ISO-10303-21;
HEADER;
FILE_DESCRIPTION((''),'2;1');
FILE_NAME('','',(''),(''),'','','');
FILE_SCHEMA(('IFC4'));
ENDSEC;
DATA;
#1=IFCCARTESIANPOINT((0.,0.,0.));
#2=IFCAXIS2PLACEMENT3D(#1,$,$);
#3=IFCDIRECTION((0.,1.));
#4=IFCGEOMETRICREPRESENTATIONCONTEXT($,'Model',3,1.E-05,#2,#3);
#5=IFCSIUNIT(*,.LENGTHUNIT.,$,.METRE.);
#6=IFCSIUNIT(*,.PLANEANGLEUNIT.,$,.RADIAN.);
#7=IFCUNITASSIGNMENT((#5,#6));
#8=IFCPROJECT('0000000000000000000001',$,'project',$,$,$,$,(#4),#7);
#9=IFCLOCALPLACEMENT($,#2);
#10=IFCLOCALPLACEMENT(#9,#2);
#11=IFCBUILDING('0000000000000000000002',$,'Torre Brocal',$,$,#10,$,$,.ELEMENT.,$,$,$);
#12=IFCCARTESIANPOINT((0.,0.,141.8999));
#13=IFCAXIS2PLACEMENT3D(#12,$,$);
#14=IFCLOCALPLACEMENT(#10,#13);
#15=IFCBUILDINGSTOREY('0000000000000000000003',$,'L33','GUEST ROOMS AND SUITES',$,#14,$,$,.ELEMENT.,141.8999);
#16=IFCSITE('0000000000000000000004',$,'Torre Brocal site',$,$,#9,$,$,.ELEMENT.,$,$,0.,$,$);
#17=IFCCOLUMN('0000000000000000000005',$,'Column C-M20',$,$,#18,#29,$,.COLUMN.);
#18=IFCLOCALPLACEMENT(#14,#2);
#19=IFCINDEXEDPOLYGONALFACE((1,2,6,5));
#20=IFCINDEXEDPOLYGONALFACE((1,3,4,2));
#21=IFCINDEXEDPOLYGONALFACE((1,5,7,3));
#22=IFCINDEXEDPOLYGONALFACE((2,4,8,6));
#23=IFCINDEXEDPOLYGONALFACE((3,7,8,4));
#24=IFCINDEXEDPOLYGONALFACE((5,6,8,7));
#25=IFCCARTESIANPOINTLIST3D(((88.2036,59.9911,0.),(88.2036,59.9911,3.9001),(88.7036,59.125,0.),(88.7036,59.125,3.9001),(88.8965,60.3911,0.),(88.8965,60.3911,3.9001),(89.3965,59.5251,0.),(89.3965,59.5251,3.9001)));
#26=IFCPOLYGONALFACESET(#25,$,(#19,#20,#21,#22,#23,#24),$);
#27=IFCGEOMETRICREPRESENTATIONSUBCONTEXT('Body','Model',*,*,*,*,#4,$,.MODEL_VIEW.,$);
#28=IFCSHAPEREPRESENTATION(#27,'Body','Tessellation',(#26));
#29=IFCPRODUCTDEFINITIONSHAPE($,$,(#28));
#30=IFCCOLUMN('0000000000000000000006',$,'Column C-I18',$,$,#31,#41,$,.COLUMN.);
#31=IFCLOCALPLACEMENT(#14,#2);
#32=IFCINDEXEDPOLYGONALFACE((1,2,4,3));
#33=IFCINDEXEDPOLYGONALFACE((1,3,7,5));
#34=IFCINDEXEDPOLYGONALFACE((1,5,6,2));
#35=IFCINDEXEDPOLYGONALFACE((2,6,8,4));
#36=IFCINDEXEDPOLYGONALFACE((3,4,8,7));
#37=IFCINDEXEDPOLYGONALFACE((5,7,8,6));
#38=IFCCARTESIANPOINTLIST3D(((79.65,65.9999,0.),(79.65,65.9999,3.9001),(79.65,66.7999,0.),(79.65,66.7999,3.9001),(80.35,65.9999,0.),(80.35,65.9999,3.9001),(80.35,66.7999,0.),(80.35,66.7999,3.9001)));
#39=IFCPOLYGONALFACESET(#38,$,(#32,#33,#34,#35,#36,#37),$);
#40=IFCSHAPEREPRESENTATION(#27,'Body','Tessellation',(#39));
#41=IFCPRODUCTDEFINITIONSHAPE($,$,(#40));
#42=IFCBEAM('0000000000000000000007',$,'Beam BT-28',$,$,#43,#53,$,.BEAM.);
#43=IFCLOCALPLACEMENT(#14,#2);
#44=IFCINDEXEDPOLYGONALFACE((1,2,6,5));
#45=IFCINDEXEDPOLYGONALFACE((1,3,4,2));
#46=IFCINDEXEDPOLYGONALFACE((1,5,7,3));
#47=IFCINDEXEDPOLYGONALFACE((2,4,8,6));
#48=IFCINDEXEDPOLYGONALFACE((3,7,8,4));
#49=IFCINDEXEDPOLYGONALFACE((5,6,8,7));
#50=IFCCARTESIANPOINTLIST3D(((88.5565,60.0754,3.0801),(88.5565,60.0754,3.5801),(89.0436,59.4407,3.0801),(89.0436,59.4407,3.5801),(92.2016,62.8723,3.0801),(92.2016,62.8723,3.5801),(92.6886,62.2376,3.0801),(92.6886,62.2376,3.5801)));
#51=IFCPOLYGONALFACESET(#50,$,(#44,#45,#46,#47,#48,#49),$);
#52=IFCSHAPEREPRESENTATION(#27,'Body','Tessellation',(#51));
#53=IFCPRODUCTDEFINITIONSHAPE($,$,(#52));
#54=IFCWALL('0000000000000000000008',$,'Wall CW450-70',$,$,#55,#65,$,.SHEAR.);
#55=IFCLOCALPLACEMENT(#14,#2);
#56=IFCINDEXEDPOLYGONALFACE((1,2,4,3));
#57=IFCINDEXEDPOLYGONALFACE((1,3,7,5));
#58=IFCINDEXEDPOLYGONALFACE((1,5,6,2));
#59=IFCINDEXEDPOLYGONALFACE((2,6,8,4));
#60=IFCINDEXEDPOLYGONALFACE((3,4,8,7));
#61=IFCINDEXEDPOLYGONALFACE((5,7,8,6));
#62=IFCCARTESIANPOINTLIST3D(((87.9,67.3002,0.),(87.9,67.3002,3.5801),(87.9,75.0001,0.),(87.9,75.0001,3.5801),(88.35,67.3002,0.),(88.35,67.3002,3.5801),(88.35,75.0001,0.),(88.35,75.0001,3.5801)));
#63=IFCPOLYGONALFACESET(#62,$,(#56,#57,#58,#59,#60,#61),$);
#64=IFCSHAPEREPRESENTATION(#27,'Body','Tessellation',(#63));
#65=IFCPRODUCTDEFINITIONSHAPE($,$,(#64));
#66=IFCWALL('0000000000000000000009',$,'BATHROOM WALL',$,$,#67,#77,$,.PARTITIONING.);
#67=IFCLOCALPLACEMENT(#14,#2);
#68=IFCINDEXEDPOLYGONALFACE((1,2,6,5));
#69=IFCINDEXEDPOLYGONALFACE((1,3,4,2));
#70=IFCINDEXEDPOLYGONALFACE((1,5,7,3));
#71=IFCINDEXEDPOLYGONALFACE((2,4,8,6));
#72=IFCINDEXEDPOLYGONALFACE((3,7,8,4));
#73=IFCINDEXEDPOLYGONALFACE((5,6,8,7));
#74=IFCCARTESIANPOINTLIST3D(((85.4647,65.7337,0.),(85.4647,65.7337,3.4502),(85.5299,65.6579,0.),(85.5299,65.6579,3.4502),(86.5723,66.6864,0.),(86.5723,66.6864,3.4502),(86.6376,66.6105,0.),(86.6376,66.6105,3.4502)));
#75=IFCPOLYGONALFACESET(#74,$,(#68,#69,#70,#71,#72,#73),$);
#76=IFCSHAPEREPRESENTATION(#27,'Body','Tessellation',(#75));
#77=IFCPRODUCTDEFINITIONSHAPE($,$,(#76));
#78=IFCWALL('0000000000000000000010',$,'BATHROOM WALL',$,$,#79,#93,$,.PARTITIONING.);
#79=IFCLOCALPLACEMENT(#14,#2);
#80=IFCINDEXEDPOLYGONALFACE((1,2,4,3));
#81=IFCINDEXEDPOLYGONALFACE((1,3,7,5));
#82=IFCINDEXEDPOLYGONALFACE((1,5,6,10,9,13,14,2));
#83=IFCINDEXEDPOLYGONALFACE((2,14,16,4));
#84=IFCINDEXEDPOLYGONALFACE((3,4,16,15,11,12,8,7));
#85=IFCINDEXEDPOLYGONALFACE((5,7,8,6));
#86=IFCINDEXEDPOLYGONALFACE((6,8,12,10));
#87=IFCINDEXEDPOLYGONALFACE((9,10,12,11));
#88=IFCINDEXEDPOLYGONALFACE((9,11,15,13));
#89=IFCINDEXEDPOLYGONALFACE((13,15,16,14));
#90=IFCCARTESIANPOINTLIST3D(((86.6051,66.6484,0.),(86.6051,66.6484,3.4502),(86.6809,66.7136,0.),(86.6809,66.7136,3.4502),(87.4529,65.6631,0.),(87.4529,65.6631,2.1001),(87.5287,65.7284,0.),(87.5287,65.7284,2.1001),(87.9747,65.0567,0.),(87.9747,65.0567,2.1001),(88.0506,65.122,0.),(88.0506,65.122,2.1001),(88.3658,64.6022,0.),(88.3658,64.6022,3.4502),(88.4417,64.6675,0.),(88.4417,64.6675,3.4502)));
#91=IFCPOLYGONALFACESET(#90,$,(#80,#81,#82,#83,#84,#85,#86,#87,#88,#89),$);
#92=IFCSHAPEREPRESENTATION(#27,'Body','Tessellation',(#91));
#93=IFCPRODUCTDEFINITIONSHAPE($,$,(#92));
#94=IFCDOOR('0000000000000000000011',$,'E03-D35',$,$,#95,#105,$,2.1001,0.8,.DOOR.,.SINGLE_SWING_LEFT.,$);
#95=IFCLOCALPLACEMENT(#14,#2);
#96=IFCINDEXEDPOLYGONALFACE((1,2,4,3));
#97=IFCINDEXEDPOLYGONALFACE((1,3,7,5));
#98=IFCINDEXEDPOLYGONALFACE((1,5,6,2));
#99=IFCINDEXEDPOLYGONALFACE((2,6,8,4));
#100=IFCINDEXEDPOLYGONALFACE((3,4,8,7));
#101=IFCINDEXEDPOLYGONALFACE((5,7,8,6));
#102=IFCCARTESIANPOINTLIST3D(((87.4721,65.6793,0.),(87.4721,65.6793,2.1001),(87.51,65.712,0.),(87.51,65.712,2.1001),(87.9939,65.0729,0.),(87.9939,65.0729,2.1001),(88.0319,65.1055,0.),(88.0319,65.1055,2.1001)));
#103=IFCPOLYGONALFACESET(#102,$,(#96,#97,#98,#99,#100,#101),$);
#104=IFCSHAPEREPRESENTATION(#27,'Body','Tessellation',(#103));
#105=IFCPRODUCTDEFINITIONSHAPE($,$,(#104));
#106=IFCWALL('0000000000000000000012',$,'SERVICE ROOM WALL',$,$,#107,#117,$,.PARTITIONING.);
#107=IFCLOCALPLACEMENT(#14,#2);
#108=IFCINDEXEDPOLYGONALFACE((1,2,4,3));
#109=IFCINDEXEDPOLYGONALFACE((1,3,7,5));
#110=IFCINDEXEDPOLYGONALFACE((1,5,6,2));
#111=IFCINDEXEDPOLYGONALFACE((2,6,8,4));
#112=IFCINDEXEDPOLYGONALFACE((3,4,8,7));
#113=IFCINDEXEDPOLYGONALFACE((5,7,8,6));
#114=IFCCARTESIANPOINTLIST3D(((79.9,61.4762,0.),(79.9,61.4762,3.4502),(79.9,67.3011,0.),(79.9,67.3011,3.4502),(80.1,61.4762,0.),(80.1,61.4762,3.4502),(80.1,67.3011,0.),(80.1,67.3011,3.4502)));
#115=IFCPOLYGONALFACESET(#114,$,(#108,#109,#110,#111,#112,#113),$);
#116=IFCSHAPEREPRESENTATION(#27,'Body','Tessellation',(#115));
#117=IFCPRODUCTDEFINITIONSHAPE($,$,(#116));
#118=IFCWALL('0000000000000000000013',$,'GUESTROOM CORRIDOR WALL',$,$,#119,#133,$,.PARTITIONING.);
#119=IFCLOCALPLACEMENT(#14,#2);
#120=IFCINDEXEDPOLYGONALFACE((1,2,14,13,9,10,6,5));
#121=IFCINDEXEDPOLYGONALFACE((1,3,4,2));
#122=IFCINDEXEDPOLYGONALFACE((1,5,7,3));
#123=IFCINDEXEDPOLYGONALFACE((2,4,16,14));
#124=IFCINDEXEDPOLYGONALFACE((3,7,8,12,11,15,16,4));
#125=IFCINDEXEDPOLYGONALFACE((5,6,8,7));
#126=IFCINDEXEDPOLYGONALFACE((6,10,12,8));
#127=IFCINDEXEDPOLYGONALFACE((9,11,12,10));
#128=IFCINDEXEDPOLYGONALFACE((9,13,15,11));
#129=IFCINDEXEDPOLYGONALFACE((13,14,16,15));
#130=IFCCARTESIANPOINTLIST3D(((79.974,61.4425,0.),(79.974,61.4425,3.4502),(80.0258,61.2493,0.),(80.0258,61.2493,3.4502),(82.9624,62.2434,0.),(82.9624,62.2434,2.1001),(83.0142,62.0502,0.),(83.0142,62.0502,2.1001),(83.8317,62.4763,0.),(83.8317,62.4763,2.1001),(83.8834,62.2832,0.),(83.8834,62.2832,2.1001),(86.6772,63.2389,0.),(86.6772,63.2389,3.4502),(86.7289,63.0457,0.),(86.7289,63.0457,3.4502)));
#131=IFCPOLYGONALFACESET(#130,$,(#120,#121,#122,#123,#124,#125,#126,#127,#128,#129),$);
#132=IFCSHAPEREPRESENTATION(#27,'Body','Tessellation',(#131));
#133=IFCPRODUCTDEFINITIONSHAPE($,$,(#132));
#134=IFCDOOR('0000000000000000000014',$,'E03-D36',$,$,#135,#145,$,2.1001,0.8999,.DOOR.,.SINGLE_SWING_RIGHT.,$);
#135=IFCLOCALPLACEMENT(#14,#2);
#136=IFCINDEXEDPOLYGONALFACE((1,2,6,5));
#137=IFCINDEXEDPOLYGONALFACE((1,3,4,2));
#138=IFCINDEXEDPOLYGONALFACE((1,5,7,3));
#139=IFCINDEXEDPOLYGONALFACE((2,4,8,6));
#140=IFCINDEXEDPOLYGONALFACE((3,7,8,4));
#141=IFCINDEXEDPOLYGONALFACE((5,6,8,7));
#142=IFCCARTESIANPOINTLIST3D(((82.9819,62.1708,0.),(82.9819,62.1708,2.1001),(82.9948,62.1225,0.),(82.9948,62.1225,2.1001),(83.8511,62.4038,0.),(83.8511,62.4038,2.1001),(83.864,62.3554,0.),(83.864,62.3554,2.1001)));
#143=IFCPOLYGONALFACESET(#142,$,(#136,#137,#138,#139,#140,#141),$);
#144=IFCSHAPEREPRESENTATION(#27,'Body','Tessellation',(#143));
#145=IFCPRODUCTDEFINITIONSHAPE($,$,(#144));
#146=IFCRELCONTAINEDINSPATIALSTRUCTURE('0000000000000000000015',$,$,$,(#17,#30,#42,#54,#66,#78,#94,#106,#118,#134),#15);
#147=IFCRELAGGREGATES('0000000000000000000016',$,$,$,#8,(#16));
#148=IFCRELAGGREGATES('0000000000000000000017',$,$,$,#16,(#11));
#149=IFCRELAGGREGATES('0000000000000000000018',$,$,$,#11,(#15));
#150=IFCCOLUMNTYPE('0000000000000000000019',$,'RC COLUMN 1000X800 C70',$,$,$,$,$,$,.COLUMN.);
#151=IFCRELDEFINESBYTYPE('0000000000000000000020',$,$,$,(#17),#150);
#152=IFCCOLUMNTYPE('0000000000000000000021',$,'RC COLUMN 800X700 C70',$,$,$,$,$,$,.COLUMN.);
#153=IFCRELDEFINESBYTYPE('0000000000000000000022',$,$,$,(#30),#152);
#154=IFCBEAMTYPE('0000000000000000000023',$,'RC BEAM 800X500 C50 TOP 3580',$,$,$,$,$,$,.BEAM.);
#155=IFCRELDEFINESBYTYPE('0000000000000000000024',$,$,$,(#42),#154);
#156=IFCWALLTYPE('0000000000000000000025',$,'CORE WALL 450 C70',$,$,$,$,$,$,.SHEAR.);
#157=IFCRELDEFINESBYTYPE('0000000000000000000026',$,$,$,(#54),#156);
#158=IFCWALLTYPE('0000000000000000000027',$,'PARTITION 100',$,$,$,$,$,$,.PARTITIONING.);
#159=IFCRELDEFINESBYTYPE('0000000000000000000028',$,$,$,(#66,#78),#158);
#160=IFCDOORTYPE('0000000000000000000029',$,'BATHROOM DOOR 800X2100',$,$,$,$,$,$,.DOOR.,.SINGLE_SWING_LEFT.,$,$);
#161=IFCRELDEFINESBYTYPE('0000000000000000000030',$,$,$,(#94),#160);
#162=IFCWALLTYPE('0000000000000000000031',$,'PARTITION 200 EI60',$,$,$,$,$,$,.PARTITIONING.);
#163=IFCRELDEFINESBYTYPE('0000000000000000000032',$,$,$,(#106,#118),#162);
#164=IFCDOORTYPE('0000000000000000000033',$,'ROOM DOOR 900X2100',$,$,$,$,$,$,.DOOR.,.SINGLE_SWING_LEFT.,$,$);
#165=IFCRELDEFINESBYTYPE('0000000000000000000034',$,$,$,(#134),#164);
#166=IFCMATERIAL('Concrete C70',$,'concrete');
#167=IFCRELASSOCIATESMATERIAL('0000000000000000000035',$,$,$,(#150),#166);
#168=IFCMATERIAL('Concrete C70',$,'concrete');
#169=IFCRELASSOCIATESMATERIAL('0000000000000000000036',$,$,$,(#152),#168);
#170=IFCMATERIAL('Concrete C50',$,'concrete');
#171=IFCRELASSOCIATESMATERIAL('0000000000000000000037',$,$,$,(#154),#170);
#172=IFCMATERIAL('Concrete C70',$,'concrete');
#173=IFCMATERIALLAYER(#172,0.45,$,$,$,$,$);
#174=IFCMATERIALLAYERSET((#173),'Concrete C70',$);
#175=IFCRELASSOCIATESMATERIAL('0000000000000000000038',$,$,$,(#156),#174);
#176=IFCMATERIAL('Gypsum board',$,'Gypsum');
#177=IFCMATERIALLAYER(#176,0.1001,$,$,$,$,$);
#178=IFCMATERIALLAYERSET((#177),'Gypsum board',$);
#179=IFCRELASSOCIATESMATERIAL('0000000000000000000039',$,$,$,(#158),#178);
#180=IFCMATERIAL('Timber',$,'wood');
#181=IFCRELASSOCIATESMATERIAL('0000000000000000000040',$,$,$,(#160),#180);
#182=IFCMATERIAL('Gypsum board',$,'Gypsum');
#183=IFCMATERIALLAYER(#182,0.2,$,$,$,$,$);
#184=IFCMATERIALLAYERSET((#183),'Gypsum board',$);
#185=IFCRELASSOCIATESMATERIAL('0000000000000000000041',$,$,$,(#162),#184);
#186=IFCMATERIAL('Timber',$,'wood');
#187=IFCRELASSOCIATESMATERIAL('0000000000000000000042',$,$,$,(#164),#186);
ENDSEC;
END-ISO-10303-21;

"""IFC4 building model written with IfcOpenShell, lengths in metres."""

from ifc_helpers import new_model, si_unit, direction, frame, frame_2d, origin, origin_2d, place, context, subcontext, project, spatial, rectangle, extrude, material, layer, layer_set, material_profile, profile_set, type_object, element, fill, save


model = new_model("IFC4")

# Units and contexts
model_context = context("Model", 3, precision=1e-05, world=origin(), true_north=direction((0.0, 1.0)))
body_context = subcontext(model_context, "Body", "Model", "MODEL_VIEW")
ifc_project = project(units=[si_unit("LENGTHUNIT", "METRE"), si_unit("PLANEANGLEUNIT", "RADIAN")], contexts=[model_context])

# Site, building, storey
site_placement = place(None, origin())
site = spatial("IfcSite", under=ifc_project, at=site_placement, Name="Torre Brocal site", CompositionType="ELEMENT", RefElevation=0.0)
building_placement = place(site_placement, origin())
building = spatial("IfcBuilding", under=site, at=building_placement, Name="Torre Brocal", CompositionType="ELEMENT")
storey_placement = place(building_placement, frame((0.0, 0.0, 141.8999)))
storey = spatial("IfcBuildingStorey", under=building, at=storey_placement, Name="L33", Description="GUEST ROOMS AND SUITES", CompositionType="ELEMENT", Elevation=141.8999)

# Columns
ifc_material_1 = material(Name="Concrete C70", Category="concrete")
ifc_material_profile_1 = material_profile(ifc_material_1, rectangle(XDim=1.0, YDim=0.8, at=origin_2d()), Name="RC 1000X800")
ifc_profile_set_1 = profile_set([ifc_material_profile_1], Name="Concrete C70")
column_type_1 = type_object("IfcColumnType", Name="RC COLUMN 1000X800 C70", PredefinedType="COLUMN", material=ifc_profile_set_1)
column_1_placement = place(storey_placement, frame((88.8, 59.7581, 0.0), z_axis=(0.0, 0.0, 1.0), x_axis=(0.5, -0.866025, 0.0)))
element("IfcColumn", 1, at=column_1_placement, inside=storey, type_object=column_type_1, Name="Column C-M20", PredefinedType="COLUMN", context=body_context, shape_type="SweptSolid", body=[
    extrude(rectangle(XDim=1.0, YDim=0.8, at=origin_2d()), origin(), (0.0, 0.0, 1.0), 3.9001),
])
ifc_material_2 = material(Name="Concrete C70", Category="concrete")
ifc_material_profile_2 = material_profile(ifc_material_2, rectangle(XDim=0.8, YDim=0.7, at=origin_2d()), Name="RC 800X700")
ifc_profile_set_2 = profile_set([ifc_material_profile_2], Name="Concrete C70")
column_type_2 = type_object("IfcColumnType", Name="RC COLUMN 800X700 C70", PredefinedType="COLUMN", material=ifc_profile_set_2)
column_2_placement = place(storey_placement, frame((80.0, 66.3999, 0.0), z_axis=(0.0, 0.0, 1.0), x_axis=(0.0, -1.0, 0.0)))
element("IfcColumn", 2, at=column_2_placement, inside=storey, type_object=column_type_2, Name="Column C-I18", PredefinedType="COLUMN", context=body_context, shape_type="SweptSolid", body=[
    extrude(rectangle(XDim=0.8, YDim=0.7, at=origin_2d()), origin(), (0.0, 0.0, 1.0), 3.9001),
])

# Beam
ifc_material_3 = material(Name="Concrete C50", Category="concrete")
ifc_material_profile_3 = material_profile(ifc_material_3, rectangle(XDim=0.8, YDim=0.5, at=origin_2d()), Name="RC 800X500")
ifc_profile_set_3 = profile_set([ifc_material_profile_3], Name="Concrete C50")
beam_type = type_object("IfcBeamType", Name="RC BEAM 800X500 C50 TOP 3580", PredefinedType="BEAM", material=ifc_profile_set_3)
beam_placement = place(storey_placement, frame((88.8, 59.7581, 3.3301), z_axis=(0.793358, 0.608755, 0.0), x_axis=(-0.608755, 0.793358, 0.0)))
element("IfcBeam", 3, at=beam_placement, inside=storey, type_object=beam_type, Name="Beam BT-28", PredefinedType="BEAM", context=body_context, shape_type="SweptSolid", body=[
    extrude(rectangle(XDim=0.8, YDim=0.5, at=origin_2d()), origin(), (0.0, 0.0, 1.0), 4.5945),
])

# Wall
ifc_material_4 = material(Name="Concrete C70", Category="concrete")
ifc_layer_1 = layer(ifc_material_4, 0.45)
ifc_layer_set_1 = layer_set([ifc_layer_1], Name="Concrete C70")
wall_type_1 = type_object("IfcWallType", Name="CORE WALL 450 C70", PredefinedType="SHEAR", material=ifc_layer_set_1)
wall_1_placement = place(storey_placement, frame((88.125, 67.3, 0.0), z_axis=(0.0, 0.0, 1.0), x_axis=(0.0, 1.0, 0.0)))
element("IfcWall", 4, at=wall_1_placement, inside=storey, type_object=wall_type_1, Name="Wall CW450-70", PredefinedType="SHEAR", context=body_context, shape_type="SweptSolid", body=[
    extrude(rectangle(XDim=7.7, YDim=0.45, at=frame_2d((3.8501, 0.0))), origin(), (0.0, 0.0, 1.0), 3.5801),
])

# Wall
ifc_material_5 = material(Name="Gypsum board", Category="Gypsum")
ifc_layer_2 = layer(ifc_material_5, 0.1001)
ifc_layer_set_2 = layer_set([ifc_layer_2], Name="Gypsum board")
wall_type_2 = type_object("IfcWallType", Name="PARTITION 100", PredefinedType="PARTITIONING", material=ifc_layer_set_2)
wall_2_placement = place(storey_placement, frame((85.4973, 65.6958, 0.0), z_axis=(0.0, 0.0, 1.0), x_axis=(0.75817, 0.652057, 0.0)))
element("IfcWall", 5, at=wall_2_placement, inside=storey, type_object=wall_type_2, Name="BATHROOM WALL", PredefinedType="PARTITIONING", context=body_context, shape_type="SweptSolid", body=[
    extrude(rectangle(XDim=1.4609, YDim=0.1001, at=frame_2d((0.7305, 0.0))), origin(), (0.0, 0.0, 1.0), 3.4502),
])

# Wall, opening, door
wall_3_placement = place(storey_placement, frame((86.6431, 66.6809, 0.0), z_axis=(0.0, 0.0, 1.0), x_axis=(0.652265, -0.757991, 0.0)))
wall_3 = element("IfcWall", 6, at=wall_3_placement, inside=storey, type_object=wall_type_2, Name="BATHROOM WALL", PredefinedType="PARTITIONING", context=body_context, shape_type="SweptSolid", body=[
    extrude(rectangle(XDim=2.6995, YDim=0.1001, at=frame_2d((1.3496, 0.0))), origin(), (0.0, 0.0, 1.0), 3.4502),
])
opening_1_placement = place(wall_3_placement, frame((1.2998, 0.0, 0.0)))
opening_1 = element("IfcOpeningElement", 7, at=opening_1_placement, cuts=wall_3, PredefinedType="OPENING", context=body_context, shape_type="SweptSolid", body=[
    extrude(rectangle(XDim=0.8, YDim=2.1001, at=frame_2d((0.3999, 1.05))), frame((0.0, 0.0601, 0.0), z_axis=(0.0, -1.0, 0.0), x_axis=(1.0, 0.0, 0.0)), (0.0, 0.0, 1.0), 0.1201),
])
ifc_material_6 = material(Name="Timber", Category="wood")
door_type_1 = type_object("IfcDoorType", Name="BATHROOM DOOR 800X2100", OperationType="SINGLE_SWING_LEFT", PredefinedType="DOOR", material=ifc_material_6)
door_1_placement = place(opening_1_placement, frame((0.8, 0.0, 0.0), z_axis=(0.0, 0.0, 1.0), x_axis=(-1.0, 0.0, 0.0)))
door_1 = element("IfcDoor", 8, at=door_1_placement, inside=storey, type_object=door_type_1, Name="E03-D35", OperationType="SINGLE_SWING_LEFT", OverallHeight=2.1001, OverallWidth=0.8, PredefinedType="DOOR", context=body_context, shape_type="SweptSolid", body=[
    extrude(rectangle(XDim=0.8, YDim=2.1001, at=frame_2d((0.3999, 1.05))), frame((0.0, 0.0249, 0.0), z_axis=(0.0, -1.0, 0.0), x_axis=(1.0, 0.0, 0.0)), (0.0, 0.0, 1.0), 0.05),
])
fill(opening_1, door_1)

# Wall
ifc_material_7 = material(Name="Gypsum board", Category="Gypsum")
ifc_layer_3 = layer(ifc_material_7, 0.2)
ifc_layer_set_3 = layer_set([ifc_layer_3], Name="Gypsum board")
wall_type_3 = type_object("IfcWallType", Name="PARTITION 200 EI60", PredefinedType="PARTITIONING", material=ifc_layer_set_3)
wall_4_placement = place(storey_placement, frame((80.0, 61.4761, 0.0), z_axis=(0.0, 0.0, 1.0), x_axis=(0.0, 1.0, 0.0)))
element("IfcWall", 9, at=wall_4_placement, inside=storey, type_object=wall_type_3, Name="SERVICE ROOM WALL", PredefinedType="PARTITIONING", context=body_context, shape_type="SweptSolid", body=[
    extrude(rectangle(XDim=5.825, YDim=0.2, at=frame_2d((2.9126, 0.0))), origin(), (0.0, 0.0, 1.0), 3.4502),
])

# Wall, opening, door
wall_5_placement = place(storey_placement, frame((80.0, 61.3459, 0.0), z_axis=(0.0, 0.0, 1.0), x_axis=(0.965915, 0.258858, 0.0)))
wall_5 = element("IfcWall", 10, at=wall_5_placement, inside=storey, type_object=wall_type_3, Name="GUESTROOM CORRIDOR WALL", PredefinedType="PARTITIONING", context=body_context, shape_type="SweptSolid", body=[
    extrude(rectangle(XDim=6.9397, YDim=0.2, at=frame_2d((3.4697, 0.0))), origin(), (0.0, 0.0, 1.0), 3.4502),
])
opening_2_placement = place(wall_5_placement, frame((3.0938, 0.0, 0.0)))
opening_2 = element("IfcOpeningElement", 11, at=opening_2_placement, cuts=wall_5, PredefinedType="OPENING", context=body_context, shape_type="SweptSolid", body=[
    extrude(rectangle(XDim=0.8999, YDim=2.1001, at=frame_2d((0.45, 1.05))), frame((0.0, 0.1099, 0.0), z_axis=(0.0, -1.0, 0.0), x_axis=(1.0, 0.0, 0.0)), (0.0, 0.0, 1.0), 0.22),
])
ifc_material_8 = material(Name="Timber", Category="wood")
door_type_2 = type_object("IfcDoorType", Name="ROOM DOOR 900X2100", OperationType="SINGLE_SWING_LEFT", PredefinedType="DOOR", material=ifc_material_8)
door_2_placement = place(opening_2_placement, origin())
door_2 = element("IfcDoor", 12, at=door_2_placement, inside=storey, type_object=door_type_2, Name="E03-D36", OperationType="SINGLE_SWING_RIGHT", OverallHeight=2.1001, OverallWidth=0.8999, PredefinedType="DOOR", context=body_context, shape_type="SweptSolid", body=[
    extrude(rectangle(XDim=0.8999, YDim=2.1001, at=frame_2d((0.45, 1.05))), frame((0.0, 0.0249, 0.0), z_axis=(0.0, -1.0, 0.0), x_axis=(1.0, 0.0, 0.0)), (0.0, 0.0, 1.0), 0.05),
])
fill(opening_2, door_2)

save(model, "model.ifc")
